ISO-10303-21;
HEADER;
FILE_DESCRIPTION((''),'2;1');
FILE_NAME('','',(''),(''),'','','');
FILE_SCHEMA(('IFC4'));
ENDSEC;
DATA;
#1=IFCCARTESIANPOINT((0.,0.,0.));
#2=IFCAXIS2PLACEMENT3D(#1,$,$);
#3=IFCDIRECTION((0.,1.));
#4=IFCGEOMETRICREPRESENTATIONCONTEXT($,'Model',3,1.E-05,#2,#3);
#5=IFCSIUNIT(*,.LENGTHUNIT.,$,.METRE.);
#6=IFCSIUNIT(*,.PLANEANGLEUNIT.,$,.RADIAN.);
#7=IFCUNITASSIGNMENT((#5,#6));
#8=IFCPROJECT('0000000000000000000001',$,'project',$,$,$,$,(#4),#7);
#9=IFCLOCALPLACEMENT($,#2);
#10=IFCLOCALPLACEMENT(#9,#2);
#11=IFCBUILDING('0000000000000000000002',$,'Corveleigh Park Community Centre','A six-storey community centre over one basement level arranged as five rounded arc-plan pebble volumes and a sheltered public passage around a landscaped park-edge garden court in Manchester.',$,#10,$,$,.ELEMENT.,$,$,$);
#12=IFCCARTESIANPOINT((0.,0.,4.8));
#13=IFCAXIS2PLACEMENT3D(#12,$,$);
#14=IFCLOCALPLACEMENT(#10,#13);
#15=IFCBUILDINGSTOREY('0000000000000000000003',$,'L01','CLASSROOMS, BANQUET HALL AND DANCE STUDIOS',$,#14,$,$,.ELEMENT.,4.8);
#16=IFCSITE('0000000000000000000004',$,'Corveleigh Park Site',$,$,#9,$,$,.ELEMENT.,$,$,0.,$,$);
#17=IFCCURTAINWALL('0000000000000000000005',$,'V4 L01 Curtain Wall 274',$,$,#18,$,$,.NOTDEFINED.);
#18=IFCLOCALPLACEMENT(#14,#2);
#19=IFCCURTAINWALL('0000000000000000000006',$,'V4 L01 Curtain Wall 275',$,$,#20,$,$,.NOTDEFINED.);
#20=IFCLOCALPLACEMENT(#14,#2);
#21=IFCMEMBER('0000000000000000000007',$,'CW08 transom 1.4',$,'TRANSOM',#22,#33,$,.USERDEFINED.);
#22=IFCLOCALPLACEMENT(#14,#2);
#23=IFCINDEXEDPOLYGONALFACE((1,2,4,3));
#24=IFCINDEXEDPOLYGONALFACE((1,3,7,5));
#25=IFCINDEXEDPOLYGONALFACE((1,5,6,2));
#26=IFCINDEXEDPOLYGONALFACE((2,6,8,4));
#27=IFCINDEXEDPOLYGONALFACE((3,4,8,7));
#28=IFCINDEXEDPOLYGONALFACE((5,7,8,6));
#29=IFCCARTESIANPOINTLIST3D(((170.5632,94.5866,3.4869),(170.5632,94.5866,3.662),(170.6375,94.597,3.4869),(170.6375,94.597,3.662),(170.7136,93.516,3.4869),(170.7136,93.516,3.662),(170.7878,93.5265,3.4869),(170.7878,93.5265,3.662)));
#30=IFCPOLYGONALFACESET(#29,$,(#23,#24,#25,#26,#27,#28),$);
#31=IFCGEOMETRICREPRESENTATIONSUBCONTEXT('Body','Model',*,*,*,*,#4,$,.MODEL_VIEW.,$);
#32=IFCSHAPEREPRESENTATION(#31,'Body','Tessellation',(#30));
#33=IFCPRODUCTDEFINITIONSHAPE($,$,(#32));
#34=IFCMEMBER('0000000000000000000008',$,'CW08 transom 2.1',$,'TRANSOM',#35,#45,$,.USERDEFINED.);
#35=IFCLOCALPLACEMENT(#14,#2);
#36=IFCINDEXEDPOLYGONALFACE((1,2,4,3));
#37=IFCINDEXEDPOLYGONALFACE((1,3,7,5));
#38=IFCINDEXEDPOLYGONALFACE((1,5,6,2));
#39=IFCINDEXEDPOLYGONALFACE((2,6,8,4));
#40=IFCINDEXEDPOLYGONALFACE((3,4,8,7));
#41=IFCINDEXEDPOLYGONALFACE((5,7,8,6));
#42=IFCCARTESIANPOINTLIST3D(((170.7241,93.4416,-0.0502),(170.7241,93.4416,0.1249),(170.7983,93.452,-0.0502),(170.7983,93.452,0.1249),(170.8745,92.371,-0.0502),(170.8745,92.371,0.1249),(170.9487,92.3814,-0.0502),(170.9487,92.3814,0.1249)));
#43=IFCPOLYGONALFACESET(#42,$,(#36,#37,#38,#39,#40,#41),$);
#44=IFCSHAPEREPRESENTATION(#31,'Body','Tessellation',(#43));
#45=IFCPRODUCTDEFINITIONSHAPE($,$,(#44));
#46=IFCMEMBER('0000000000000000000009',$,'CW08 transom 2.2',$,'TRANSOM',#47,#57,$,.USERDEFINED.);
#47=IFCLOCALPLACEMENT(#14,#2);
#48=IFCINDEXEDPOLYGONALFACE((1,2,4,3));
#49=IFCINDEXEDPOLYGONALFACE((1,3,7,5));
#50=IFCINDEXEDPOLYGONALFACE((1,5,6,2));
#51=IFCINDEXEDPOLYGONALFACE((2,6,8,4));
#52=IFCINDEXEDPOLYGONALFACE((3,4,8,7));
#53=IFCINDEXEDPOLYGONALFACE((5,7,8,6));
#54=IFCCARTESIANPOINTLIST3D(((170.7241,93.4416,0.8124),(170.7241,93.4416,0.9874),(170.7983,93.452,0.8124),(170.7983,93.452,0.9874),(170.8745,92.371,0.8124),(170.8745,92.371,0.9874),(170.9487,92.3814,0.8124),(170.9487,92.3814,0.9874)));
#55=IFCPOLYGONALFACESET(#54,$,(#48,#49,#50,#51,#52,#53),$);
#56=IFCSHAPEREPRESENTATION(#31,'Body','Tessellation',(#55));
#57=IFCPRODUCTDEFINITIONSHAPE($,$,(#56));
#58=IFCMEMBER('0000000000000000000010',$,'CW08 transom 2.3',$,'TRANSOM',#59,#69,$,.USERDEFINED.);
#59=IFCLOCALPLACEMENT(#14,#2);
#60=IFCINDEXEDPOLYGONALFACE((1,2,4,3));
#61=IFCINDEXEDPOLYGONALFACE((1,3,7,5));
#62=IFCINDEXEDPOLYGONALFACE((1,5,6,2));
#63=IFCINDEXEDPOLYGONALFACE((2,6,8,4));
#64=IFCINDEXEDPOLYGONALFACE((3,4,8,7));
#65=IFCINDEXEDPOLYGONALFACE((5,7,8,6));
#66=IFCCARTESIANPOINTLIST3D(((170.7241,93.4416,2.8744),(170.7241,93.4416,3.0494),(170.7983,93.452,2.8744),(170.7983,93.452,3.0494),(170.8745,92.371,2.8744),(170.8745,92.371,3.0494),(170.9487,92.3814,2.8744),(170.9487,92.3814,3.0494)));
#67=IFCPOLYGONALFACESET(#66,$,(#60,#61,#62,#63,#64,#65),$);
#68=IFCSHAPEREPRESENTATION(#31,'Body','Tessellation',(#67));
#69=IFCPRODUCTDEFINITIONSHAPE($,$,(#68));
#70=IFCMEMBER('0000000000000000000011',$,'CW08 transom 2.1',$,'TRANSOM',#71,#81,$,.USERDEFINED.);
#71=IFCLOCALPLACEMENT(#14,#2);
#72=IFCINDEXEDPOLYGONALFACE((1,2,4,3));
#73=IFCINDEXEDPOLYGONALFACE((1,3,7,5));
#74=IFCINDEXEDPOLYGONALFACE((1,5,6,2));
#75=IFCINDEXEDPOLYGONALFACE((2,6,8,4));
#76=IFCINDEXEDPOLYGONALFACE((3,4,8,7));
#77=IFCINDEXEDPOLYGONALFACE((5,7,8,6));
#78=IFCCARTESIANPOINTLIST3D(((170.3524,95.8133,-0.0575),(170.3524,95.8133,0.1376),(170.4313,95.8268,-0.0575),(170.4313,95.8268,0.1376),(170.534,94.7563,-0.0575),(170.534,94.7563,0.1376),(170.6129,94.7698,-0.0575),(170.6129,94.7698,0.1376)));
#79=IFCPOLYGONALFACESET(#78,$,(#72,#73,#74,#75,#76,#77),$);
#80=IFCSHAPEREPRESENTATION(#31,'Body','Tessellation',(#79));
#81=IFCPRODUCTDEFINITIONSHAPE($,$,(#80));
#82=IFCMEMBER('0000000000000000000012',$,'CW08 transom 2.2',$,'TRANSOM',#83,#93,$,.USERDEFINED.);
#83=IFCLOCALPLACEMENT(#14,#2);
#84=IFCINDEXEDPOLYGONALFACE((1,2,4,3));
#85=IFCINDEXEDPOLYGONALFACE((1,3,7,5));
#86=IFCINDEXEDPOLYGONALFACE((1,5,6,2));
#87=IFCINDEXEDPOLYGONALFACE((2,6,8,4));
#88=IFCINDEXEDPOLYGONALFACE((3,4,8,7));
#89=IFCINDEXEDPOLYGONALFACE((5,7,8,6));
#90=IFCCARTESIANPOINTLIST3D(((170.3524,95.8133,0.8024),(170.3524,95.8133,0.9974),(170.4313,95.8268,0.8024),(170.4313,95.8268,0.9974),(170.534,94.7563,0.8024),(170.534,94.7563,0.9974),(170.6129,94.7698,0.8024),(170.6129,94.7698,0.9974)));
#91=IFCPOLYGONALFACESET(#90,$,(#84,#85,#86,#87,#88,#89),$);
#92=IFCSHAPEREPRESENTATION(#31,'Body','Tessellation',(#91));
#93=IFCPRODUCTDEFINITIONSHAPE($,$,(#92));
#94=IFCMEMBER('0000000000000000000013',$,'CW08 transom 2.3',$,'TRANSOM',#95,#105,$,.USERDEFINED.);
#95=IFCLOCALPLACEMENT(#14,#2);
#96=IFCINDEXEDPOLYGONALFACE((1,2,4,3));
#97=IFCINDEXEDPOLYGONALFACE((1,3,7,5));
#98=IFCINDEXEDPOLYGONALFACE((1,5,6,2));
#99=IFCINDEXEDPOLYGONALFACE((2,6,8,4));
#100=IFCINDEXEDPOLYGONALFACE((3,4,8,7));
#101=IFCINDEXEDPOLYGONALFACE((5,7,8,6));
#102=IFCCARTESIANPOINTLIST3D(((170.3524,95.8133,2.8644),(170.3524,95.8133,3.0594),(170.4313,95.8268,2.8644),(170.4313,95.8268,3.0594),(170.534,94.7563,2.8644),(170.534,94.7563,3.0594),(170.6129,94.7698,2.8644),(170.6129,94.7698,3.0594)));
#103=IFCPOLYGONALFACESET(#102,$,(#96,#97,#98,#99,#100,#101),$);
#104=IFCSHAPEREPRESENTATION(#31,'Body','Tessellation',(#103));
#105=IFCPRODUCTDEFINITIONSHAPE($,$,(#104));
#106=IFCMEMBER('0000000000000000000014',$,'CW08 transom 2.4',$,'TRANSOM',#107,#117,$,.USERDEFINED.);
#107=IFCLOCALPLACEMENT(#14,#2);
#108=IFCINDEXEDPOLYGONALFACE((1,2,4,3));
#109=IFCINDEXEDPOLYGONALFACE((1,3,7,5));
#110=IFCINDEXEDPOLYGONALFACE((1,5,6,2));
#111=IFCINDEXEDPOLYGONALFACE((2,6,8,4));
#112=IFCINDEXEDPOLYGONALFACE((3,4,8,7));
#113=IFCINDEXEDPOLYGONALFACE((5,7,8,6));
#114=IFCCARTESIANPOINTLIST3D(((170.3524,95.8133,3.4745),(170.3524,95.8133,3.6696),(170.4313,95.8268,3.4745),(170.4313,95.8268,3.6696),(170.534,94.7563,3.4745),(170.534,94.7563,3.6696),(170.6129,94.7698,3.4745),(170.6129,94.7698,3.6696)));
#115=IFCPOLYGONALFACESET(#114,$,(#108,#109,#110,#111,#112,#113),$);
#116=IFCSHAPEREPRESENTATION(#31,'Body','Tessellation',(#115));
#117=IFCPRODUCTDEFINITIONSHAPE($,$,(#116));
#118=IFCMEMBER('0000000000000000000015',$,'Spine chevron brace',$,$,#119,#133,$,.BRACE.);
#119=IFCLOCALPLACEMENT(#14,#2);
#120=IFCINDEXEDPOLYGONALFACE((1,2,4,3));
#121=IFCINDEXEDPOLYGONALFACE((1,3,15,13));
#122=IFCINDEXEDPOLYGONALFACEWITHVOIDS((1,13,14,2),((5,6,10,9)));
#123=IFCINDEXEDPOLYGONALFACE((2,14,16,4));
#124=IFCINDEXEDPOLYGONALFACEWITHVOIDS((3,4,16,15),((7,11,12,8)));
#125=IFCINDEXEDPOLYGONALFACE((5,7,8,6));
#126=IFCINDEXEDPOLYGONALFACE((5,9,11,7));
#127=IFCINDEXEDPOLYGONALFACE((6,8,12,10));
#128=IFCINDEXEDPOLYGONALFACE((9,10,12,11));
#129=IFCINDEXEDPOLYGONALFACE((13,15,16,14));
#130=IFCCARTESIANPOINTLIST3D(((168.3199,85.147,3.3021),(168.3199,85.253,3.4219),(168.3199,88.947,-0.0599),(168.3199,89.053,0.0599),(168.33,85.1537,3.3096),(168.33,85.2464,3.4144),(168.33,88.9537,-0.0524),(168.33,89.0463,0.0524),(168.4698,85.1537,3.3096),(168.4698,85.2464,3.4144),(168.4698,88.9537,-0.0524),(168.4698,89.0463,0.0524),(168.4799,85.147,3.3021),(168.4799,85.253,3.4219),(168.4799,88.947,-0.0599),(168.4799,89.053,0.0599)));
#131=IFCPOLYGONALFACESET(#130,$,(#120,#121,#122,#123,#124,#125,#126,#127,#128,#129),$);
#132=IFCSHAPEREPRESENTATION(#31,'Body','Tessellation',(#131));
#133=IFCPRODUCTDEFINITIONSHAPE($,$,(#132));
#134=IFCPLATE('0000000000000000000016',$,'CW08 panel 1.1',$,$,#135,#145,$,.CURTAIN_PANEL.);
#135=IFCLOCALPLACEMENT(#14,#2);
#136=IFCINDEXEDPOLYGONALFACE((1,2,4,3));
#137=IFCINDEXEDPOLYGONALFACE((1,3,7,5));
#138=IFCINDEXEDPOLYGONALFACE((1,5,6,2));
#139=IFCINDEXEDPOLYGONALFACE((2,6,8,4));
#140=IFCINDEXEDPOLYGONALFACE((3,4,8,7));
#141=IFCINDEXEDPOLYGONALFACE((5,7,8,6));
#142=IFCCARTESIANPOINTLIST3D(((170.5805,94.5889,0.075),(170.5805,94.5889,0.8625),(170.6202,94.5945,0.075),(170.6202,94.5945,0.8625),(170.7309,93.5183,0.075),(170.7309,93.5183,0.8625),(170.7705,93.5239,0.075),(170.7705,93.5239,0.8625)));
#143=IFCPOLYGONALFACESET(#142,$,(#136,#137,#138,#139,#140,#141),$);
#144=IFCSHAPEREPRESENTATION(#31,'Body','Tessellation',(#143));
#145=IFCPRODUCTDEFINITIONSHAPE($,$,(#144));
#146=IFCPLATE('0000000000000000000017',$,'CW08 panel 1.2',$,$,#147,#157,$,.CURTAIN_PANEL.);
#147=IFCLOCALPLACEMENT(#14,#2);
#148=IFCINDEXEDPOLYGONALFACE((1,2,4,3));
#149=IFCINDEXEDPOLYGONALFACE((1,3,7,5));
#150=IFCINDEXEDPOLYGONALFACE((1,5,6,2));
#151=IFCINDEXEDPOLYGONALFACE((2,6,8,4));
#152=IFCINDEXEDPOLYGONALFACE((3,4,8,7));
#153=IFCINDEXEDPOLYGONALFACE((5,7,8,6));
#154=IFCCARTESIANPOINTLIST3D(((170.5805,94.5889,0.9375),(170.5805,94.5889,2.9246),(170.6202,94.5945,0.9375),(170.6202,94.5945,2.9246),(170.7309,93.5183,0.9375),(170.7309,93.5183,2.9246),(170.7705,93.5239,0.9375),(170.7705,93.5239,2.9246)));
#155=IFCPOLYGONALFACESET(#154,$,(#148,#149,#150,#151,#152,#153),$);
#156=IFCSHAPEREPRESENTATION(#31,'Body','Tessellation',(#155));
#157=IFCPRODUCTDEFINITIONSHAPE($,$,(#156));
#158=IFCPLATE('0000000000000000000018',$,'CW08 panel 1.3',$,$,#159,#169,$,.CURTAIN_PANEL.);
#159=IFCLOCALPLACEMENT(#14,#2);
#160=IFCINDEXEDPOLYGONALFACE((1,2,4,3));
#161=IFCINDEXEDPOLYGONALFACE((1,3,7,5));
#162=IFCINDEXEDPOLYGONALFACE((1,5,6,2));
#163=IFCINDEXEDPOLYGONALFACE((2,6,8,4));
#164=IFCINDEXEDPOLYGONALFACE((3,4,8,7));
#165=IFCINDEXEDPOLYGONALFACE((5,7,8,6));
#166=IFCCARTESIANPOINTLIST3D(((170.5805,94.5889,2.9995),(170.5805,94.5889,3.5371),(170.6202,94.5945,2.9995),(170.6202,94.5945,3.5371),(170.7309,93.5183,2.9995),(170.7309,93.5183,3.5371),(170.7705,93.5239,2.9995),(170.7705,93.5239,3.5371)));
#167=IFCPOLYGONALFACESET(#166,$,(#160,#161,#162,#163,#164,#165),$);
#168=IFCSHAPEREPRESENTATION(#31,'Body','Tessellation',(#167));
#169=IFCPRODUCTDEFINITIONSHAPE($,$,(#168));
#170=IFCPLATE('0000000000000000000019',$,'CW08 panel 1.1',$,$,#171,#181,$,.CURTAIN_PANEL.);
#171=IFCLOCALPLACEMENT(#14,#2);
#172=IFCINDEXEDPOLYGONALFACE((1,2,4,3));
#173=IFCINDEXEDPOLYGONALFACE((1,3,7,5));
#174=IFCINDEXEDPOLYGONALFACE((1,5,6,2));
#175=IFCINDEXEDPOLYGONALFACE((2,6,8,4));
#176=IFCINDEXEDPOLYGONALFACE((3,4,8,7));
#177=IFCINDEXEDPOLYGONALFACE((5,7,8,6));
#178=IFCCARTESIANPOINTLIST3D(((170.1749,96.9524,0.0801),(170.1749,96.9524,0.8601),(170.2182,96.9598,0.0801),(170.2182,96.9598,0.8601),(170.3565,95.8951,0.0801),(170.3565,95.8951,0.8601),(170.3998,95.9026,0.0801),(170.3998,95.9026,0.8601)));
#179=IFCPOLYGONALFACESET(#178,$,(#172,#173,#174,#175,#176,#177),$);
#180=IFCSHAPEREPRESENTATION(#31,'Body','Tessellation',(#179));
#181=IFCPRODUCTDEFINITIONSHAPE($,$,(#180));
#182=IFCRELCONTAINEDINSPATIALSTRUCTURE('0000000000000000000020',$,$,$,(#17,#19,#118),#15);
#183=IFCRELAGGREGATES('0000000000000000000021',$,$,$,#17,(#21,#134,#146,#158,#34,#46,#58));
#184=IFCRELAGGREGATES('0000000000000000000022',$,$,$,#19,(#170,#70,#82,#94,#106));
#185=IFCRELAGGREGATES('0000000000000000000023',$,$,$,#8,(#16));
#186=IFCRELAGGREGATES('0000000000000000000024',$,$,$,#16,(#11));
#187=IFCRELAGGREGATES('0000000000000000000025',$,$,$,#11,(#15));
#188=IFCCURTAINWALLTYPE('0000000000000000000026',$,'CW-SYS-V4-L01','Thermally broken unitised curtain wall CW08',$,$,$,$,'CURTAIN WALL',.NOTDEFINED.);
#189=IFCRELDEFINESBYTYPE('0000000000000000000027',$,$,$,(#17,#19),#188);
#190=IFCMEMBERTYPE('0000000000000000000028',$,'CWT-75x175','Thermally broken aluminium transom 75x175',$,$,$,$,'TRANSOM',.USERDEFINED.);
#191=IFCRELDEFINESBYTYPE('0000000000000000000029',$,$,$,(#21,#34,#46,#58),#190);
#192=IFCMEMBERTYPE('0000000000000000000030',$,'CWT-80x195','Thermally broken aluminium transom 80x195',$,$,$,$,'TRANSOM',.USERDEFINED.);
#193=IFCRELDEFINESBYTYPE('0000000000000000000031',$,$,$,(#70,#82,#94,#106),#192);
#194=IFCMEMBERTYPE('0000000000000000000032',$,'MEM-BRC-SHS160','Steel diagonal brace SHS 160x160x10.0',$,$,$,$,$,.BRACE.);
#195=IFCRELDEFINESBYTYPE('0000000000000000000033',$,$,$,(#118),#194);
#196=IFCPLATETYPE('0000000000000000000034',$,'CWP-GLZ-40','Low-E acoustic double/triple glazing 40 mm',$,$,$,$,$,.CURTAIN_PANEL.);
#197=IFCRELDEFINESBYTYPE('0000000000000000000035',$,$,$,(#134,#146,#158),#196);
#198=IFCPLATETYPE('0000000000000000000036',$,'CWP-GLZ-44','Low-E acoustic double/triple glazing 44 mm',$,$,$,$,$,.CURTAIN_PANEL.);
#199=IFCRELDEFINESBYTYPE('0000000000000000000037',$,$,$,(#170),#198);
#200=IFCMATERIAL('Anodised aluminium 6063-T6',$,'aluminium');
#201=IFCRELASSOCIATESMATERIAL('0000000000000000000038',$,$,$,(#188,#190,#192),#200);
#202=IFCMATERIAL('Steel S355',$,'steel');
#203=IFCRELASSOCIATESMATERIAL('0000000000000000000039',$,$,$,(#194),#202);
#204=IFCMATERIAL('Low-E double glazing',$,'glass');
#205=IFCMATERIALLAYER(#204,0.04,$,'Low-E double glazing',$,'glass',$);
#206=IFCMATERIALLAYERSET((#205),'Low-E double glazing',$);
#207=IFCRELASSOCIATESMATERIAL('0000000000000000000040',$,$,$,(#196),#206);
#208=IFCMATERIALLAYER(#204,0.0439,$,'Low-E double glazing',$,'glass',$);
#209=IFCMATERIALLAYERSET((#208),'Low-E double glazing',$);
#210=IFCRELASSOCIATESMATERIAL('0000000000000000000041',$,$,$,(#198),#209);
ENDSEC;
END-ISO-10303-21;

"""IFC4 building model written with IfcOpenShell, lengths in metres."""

from ifc_helpers import new_model, si_unit, direction, frame, origin, origin_2d, place, context, subcontext, project, spatial, rectangle, hollow_rectangle, extrude, material, layer, layer_set, material_profile, profile_set, type_object, element, aggregate, save


model = new_model("IFC4")

# Units and contexts
model_context = context("Model", 3, precision=1e-05, world=origin(), true_north=direction((0.0, 1.0)))
body_context = subcontext(model_context, "Body", "Model", "MODEL_VIEW")
ifc_project = project(units=[si_unit("LENGTHUNIT", "METRE"), si_unit("PLANEANGLEUNIT", "RADIAN")], contexts=[model_context])

# Site, building, storey
site_placement = place(None, origin())
site = spatial("IfcSite", under=ifc_project, at=site_placement, Name="Corveleigh Park Site", CompositionType="ELEMENT", RefElevation=0.0)
building_placement = place(site_placement, origin())
building = spatial("IfcBuilding", under=site, at=building_placement, Name="Corveleigh Park Community Centre", Description="A six-storey community centre over one basement level arranged as five rounded arc-plan pebble volumes and a sheltered public passage around a landscaped park-edge garden court in Manchester.", CompositionType="ELEMENT")
storey_placement = place(building_placement, frame((0.0, 0.0, 4.8)))
storey = spatial("IfcBuildingStorey", under=building, at=storey_placement, Name="L01", Description="CLASSROOMS, BANQUET HALL AND DANCE STUDIOS", CompositionType="ELEMENT", Elevation=4.8)

# Shared definitions
ifc_material_1 = material(Name="Steel S355", Category="steel")

# Curtain walls
ifc_material_2 = material(Name="Anodised aluminium 6063-T6", Category="aluminium")
curtain_wall_type = type_object("IfcCurtainWallType", Name="CW-SYS-V4-L01", Description="Thermally broken unitised curtain wall CW08", ElementType="CURTAIN WALL", PredefinedType="NOTDEFINED", material=ifc_material_2)
curtain_wall_1_placement = place(storey_placement, origin())
curtain_wall_1 = element("IfcCurtainWall", 1, at=curtain_wall_1_placement, inside=storey, type_object=curtain_wall_type, Name="V4 L01 Curtain Wall 274", PredefinedType="NOTDEFINED")
curtain_wall_2_placement = place(storey_placement, origin())
curtain_wall_2 = element("IfcCurtainWall", 2, at=curtain_wall_2_placement, inside=storey, type_object=curtain_wall_type, Name="V4 L01 Curtain Wall 275", PredefinedType="NOTDEFINED")

# Members
ifc_material_profile_1 = material_profile(ifc_material_2, rectangle(XDim=0.075, YDim=0.175, at=origin_2d()), Name="ALU-T75x175", Category="aluminium")
ifc_profile_set_1 = profile_set([ifc_material_profile_1], Name="Anodised aluminium 6063-T6")
member_type_1 = type_object("IfcMemberType", Name="CWT-75x175", Description="Thermally broken aluminium transom 75x175", ElementType="TRANSOM", PredefinedType="USERDEFINED", material=ifc_profile_set_1)
member_1_placement = place(storey_placement, frame((170.6003, 94.5918, 3.5745), z_axis=(0.139113, -0.990277, 0.0), x_axis=(0.990277, 0.139113, 0.0)))
member_1 = element("IfcMember", 3, at=member_1_placement, type_object=member_type_1, Name="CW08 transom 1.4", ObjectType="TRANSOM", PredefinedType="USERDEFINED", context=body_context, shape_type="SweptSolid", body=[
    extrude(rectangle(XDim=0.075, YDim=0.175, at=origin_2d()), origin(), (0.0, 0.0, 1.0), 1.0811),
])
member_2_placement = place(storey_placement, frame((170.7612, 93.4468, 0.0374), z_axis=(0.139113, -0.990277, 0.0), x_axis=(0.990277, 0.139113, 0.0)))
member_2 = element("IfcMember", 4, at=member_2_placement, type_object=member_type_1, Name="CW08 transom 2.1", ObjectType="TRANSOM", PredefinedType="USERDEFINED", context=body_context, shape_type="SweptSolid", body=[
    extrude(rectangle(XDim=0.075, YDim=0.175, at=origin_2d()), origin(), (0.0, 0.0, 1.0), 1.0811),
])
member_3_placement = place(storey_placement, frame((170.7612, 93.4468, 0.8999), z_axis=(0.139113, -0.990277, 0.0), x_axis=(0.990277, 0.139113, 0.0)))
member_3 = element("IfcMember", 5, at=member_3_placement, type_object=member_type_1, Name="CW08 transom 2.2", ObjectType="TRANSOM", PredefinedType="USERDEFINED", context=body_context, shape_type="SweptSolid", body=[
    extrude(rectangle(XDim=0.075, YDim=0.175, at=origin_2d()), origin(), (0.0, 0.0, 1.0), 1.0811),
])
member_4_placement = place(storey_placement, frame((170.7612, 93.4468, 2.9619), z_axis=(0.139113, -0.990277, 0.0), x_axis=(0.990277, 0.139113, 0.0)))
member_4 = element("IfcMember", 6, at=member_4_placement, type_object=member_type_1, Name="CW08 transom 2.3", ObjectType="TRANSOM", PredefinedType="USERDEFINED", context=body_context, shape_type="SweptSolid", body=[
    extrude(rectangle(XDim=0.075, YDim=0.175, at=origin_2d()), origin(), (0.0, 0.0, 1.0), 1.0811),
])
ifc_material_profile_2 = material_profile(ifc_material_2, rectangle(XDim=0.0801, YDim=0.1951, at=origin_2d()), Name="ALU-T80x195", Category="aluminium")
ifc_profile_set_2 = profile_set([ifc_material_profile_2], Name="Anodised aluminium 6063-T6")
member_type_2 = type_object("IfcMemberType", Name="CWT-80x195", Description="Thermally broken aluminium transom 80x195", ElementType="TRANSOM", PredefinedType="USERDEFINED", material=ifc_profile_set_2)
member_5_placement = place(storey_placement, frame((170.3918, 95.8201, 0.04), z_axis=(0.169343, -0.985557, 0.0), x_axis=(0.985557, 0.169343, 0.0)))
member_5 = element("IfcMember", 7, at=member_5_placement, type_object=member_type_2, Name="CW08 transom 2.1", ObjectType="TRANSOM", PredefinedType="USERDEFINED", context=body_context, shape_type="SweptSolid", body=[
    extrude(rectangle(XDim=0.0801, YDim=0.1951, at=origin_2d()), origin(), (0.0, 0.0, 1.0), 1.0725),
])
member_6_placement = place(storey_placement, frame((170.3918, 95.8201, 0.8999), z_axis=(0.169343, -0.985557, 0.0), x_axis=(0.985557, 0.169343, 0.0)))
member_6 = element("IfcMember", 8, at=member_6_placement, type_object=member_type_2, Name="CW08 transom 2.2", ObjectType="TRANSOM", PredefinedType="USERDEFINED", context=body_context, shape_type="SweptSolid", body=[
    extrude(rectangle(XDim=0.0801, YDim=0.1951, at=origin_2d()), origin(), (0.0, 0.0, 1.0), 1.0725),
])
member_7_placement = place(storey_placement, frame((170.3918, 95.8201, 2.9619), z_axis=(0.169343, -0.985557, 0.0), x_axis=(0.985557, 0.169343, 0.0)))
member_7 = element("IfcMember", 9, at=member_7_placement, type_object=member_type_2, Name="CW08 transom 2.3", ObjectType="TRANSOM", PredefinedType="USERDEFINED", context=body_context, shape_type="SweptSolid", body=[
    extrude(rectangle(XDim=0.0801, YDim=0.1951, at=origin_2d()), origin(), (0.0, 0.0, 1.0), 1.0725),
])
member_8_placement = place(storey_placement, frame((170.3918, 95.8201, 3.572), z_axis=(0.169343, -0.985557, 0.0), x_axis=(0.985557, 0.169343, 0.0)))
member_8 = element("IfcMember", 10, at=member_8_placement, type_object=member_type_2, Name="CW08 transom 2.4", ObjectType="TRANSOM", PredefinedType="USERDEFINED", context=body_context, shape_type="SweptSolid", body=[
    extrude(rectangle(XDim=0.0801, YDim=0.1951, at=origin_2d()), origin(), (0.0, 0.0, 1.0), 1.0725),
])
ifc_material_profile_3 = material_profile(ifc_material_1, hollow_rectangle(XDim=0.1599, YDim=0.1599, WallThickness=0.01, at=origin_2d()), Name="SHS 160x160x10.0", Category="steel")
ifc_profile_set_3 = profile_set([ifc_material_profile_3], Name="Steel S355")
member_type_3 = type_object("IfcMemberType", Name="MEM-BRC-SHS160", Description="Steel diagonal brace SHS 160x160x10.0", PredefinedType="BRACE", material=ifc_profile_set_3)
member_9_placement = place(storey_placement, frame((168.3999, 89.0, 0.0), z_axis=(0.0, -0.74895, 0.662627), x_axis=(1.0, 0.0, 0.0)))
element("IfcMember", 11, at=member_9_placement, inside=storey, type_object=member_type_3, Name="Spine chevron brace", PredefinedType="BRACE", context=body_context, shape_type="SweptSolid", body=[
    extrude(hollow_rectangle(XDim=0.1599, YDim=0.1599, WallThickness=0.01, at=origin_2d()), origin(), (0.0, 0.0, 1.0), 5.0737),
])

# Plates
ifc_material_3 = material(Name="Low-E double glazing", Category="glass")
ifc_layer_1 = layer(ifc_material_3, 0.04, Name="Low-E double glazing", Category="glass")
ifc_layer_set_1 = layer_set([ifc_layer_1], Name="Low-E double glazing")
plate_type_1 = type_object("IfcPlateType", Name="CWP-GLZ-40", Description="Low-E acoustic double/triple glazing 40 mm", PredefinedType="CURTAIN_PANEL", material=ifc_layer_set_1)
plate_1_placement = place(storey_placement, frame((170.6755, 94.0564, 0.075), z_axis=(0.0, 0.0, 1.0), x_axis=(0.139075, -0.990282, 0.0)))
plate_1 = element("IfcPlate", 12, at=plate_1_placement, type_object=plate_type_1, Name="CW08 panel 1.1", PredefinedType="CURTAIN_PANEL", context=body_context, shape_type="SweptSolid", body=[
    extrude(rectangle(XDim=1.0811, YDim=0.04, at=origin_2d()), origin(), (0.0, 0.0, 1.0), 0.7876),
])
plate_2_placement = place(storey_placement, frame((170.6755, 94.0564, 0.9375), z_axis=(0.0, 0.0, 1.0), x_axis=(0.139075, -0.990282, 0.0)))
plate_2 = element("IfcPlate", 13, at=plate_2_placement, type_object=plate_type_1, Name="CW08 panel 1.2", PredefinedType="CURTAIN_PANEL", context=body_context, shape_type="SweptSolid", body=[
    extrude(rectangle(XDim=1.0811, YDim=0.04, at=origin_2d()), origin(), (0.0, 0.0, 1.0), 1.9871),
])
plate_3_placement = place(storey_placement, frame((170.6755, 94.0564, 2.9995), z_axis=(0.0, 0.0, 1.0), x_axis=(0.139075, -0.990282, 0.0)))
plate_3 = element("IfcPlate", 14, at=plate_3_placement, type_object=plate_type_1, Name="CW08 panel 1.3", PredefinedType="CURTAIN_PANEL", context=body_context, shape_type="SweptSolid", body=[
    extrude(rectangle(XDim=1.0811, YDim=0.04, at=origin_2d()), origin(), (0.0, 0.0, 1.0), 0.5376),
])
aggregate(curtain_wall_1, [member_1, plate_1, plate_2, plate_3, member_2, member_3, member_4])
ifc_layer_2 = layer(ifc_material_3, 0.0439, Name="Low-E double glazing", Category="glass")
ifc_layer_set_2 = layer_set([ifc_layer_2], Name="Low-E double glazing")
plate_type_2 = type_object("IfcPlateType", Name="CWP-GLZ-44", Description="Low-E acoustic double/triple glazing 44 mm", PredefinedType="CURTAIN_PANEL", material=ifc_layer_set_2)
plate_4_placement = place(storey_placement, frame((170.2874, 96.4275, 0.0801), z_axis=(0.0, 0.0, 1.0), x_axis=(0.169359, -0.985554, 0.0)))
plate_4 = element("IfcPlate", 15, at=plate_4_placement, type_object=plate_type_2, Name="CW08 panel 1.1", PredefinedType="CURTAIN_PANEL", context=body_context, shape_type="SweptSolid", body=[
    extrude(rectangle(XDim=1.0728, YDim=0.0439, at=origin_2d()), origin(), (0.0, 0.0, 1.0), 0.78),
])
aggregate(curtain_wall_2, [plate_4, member_5, member_6, member_7, member_8])

save(model, "model.ifc")
